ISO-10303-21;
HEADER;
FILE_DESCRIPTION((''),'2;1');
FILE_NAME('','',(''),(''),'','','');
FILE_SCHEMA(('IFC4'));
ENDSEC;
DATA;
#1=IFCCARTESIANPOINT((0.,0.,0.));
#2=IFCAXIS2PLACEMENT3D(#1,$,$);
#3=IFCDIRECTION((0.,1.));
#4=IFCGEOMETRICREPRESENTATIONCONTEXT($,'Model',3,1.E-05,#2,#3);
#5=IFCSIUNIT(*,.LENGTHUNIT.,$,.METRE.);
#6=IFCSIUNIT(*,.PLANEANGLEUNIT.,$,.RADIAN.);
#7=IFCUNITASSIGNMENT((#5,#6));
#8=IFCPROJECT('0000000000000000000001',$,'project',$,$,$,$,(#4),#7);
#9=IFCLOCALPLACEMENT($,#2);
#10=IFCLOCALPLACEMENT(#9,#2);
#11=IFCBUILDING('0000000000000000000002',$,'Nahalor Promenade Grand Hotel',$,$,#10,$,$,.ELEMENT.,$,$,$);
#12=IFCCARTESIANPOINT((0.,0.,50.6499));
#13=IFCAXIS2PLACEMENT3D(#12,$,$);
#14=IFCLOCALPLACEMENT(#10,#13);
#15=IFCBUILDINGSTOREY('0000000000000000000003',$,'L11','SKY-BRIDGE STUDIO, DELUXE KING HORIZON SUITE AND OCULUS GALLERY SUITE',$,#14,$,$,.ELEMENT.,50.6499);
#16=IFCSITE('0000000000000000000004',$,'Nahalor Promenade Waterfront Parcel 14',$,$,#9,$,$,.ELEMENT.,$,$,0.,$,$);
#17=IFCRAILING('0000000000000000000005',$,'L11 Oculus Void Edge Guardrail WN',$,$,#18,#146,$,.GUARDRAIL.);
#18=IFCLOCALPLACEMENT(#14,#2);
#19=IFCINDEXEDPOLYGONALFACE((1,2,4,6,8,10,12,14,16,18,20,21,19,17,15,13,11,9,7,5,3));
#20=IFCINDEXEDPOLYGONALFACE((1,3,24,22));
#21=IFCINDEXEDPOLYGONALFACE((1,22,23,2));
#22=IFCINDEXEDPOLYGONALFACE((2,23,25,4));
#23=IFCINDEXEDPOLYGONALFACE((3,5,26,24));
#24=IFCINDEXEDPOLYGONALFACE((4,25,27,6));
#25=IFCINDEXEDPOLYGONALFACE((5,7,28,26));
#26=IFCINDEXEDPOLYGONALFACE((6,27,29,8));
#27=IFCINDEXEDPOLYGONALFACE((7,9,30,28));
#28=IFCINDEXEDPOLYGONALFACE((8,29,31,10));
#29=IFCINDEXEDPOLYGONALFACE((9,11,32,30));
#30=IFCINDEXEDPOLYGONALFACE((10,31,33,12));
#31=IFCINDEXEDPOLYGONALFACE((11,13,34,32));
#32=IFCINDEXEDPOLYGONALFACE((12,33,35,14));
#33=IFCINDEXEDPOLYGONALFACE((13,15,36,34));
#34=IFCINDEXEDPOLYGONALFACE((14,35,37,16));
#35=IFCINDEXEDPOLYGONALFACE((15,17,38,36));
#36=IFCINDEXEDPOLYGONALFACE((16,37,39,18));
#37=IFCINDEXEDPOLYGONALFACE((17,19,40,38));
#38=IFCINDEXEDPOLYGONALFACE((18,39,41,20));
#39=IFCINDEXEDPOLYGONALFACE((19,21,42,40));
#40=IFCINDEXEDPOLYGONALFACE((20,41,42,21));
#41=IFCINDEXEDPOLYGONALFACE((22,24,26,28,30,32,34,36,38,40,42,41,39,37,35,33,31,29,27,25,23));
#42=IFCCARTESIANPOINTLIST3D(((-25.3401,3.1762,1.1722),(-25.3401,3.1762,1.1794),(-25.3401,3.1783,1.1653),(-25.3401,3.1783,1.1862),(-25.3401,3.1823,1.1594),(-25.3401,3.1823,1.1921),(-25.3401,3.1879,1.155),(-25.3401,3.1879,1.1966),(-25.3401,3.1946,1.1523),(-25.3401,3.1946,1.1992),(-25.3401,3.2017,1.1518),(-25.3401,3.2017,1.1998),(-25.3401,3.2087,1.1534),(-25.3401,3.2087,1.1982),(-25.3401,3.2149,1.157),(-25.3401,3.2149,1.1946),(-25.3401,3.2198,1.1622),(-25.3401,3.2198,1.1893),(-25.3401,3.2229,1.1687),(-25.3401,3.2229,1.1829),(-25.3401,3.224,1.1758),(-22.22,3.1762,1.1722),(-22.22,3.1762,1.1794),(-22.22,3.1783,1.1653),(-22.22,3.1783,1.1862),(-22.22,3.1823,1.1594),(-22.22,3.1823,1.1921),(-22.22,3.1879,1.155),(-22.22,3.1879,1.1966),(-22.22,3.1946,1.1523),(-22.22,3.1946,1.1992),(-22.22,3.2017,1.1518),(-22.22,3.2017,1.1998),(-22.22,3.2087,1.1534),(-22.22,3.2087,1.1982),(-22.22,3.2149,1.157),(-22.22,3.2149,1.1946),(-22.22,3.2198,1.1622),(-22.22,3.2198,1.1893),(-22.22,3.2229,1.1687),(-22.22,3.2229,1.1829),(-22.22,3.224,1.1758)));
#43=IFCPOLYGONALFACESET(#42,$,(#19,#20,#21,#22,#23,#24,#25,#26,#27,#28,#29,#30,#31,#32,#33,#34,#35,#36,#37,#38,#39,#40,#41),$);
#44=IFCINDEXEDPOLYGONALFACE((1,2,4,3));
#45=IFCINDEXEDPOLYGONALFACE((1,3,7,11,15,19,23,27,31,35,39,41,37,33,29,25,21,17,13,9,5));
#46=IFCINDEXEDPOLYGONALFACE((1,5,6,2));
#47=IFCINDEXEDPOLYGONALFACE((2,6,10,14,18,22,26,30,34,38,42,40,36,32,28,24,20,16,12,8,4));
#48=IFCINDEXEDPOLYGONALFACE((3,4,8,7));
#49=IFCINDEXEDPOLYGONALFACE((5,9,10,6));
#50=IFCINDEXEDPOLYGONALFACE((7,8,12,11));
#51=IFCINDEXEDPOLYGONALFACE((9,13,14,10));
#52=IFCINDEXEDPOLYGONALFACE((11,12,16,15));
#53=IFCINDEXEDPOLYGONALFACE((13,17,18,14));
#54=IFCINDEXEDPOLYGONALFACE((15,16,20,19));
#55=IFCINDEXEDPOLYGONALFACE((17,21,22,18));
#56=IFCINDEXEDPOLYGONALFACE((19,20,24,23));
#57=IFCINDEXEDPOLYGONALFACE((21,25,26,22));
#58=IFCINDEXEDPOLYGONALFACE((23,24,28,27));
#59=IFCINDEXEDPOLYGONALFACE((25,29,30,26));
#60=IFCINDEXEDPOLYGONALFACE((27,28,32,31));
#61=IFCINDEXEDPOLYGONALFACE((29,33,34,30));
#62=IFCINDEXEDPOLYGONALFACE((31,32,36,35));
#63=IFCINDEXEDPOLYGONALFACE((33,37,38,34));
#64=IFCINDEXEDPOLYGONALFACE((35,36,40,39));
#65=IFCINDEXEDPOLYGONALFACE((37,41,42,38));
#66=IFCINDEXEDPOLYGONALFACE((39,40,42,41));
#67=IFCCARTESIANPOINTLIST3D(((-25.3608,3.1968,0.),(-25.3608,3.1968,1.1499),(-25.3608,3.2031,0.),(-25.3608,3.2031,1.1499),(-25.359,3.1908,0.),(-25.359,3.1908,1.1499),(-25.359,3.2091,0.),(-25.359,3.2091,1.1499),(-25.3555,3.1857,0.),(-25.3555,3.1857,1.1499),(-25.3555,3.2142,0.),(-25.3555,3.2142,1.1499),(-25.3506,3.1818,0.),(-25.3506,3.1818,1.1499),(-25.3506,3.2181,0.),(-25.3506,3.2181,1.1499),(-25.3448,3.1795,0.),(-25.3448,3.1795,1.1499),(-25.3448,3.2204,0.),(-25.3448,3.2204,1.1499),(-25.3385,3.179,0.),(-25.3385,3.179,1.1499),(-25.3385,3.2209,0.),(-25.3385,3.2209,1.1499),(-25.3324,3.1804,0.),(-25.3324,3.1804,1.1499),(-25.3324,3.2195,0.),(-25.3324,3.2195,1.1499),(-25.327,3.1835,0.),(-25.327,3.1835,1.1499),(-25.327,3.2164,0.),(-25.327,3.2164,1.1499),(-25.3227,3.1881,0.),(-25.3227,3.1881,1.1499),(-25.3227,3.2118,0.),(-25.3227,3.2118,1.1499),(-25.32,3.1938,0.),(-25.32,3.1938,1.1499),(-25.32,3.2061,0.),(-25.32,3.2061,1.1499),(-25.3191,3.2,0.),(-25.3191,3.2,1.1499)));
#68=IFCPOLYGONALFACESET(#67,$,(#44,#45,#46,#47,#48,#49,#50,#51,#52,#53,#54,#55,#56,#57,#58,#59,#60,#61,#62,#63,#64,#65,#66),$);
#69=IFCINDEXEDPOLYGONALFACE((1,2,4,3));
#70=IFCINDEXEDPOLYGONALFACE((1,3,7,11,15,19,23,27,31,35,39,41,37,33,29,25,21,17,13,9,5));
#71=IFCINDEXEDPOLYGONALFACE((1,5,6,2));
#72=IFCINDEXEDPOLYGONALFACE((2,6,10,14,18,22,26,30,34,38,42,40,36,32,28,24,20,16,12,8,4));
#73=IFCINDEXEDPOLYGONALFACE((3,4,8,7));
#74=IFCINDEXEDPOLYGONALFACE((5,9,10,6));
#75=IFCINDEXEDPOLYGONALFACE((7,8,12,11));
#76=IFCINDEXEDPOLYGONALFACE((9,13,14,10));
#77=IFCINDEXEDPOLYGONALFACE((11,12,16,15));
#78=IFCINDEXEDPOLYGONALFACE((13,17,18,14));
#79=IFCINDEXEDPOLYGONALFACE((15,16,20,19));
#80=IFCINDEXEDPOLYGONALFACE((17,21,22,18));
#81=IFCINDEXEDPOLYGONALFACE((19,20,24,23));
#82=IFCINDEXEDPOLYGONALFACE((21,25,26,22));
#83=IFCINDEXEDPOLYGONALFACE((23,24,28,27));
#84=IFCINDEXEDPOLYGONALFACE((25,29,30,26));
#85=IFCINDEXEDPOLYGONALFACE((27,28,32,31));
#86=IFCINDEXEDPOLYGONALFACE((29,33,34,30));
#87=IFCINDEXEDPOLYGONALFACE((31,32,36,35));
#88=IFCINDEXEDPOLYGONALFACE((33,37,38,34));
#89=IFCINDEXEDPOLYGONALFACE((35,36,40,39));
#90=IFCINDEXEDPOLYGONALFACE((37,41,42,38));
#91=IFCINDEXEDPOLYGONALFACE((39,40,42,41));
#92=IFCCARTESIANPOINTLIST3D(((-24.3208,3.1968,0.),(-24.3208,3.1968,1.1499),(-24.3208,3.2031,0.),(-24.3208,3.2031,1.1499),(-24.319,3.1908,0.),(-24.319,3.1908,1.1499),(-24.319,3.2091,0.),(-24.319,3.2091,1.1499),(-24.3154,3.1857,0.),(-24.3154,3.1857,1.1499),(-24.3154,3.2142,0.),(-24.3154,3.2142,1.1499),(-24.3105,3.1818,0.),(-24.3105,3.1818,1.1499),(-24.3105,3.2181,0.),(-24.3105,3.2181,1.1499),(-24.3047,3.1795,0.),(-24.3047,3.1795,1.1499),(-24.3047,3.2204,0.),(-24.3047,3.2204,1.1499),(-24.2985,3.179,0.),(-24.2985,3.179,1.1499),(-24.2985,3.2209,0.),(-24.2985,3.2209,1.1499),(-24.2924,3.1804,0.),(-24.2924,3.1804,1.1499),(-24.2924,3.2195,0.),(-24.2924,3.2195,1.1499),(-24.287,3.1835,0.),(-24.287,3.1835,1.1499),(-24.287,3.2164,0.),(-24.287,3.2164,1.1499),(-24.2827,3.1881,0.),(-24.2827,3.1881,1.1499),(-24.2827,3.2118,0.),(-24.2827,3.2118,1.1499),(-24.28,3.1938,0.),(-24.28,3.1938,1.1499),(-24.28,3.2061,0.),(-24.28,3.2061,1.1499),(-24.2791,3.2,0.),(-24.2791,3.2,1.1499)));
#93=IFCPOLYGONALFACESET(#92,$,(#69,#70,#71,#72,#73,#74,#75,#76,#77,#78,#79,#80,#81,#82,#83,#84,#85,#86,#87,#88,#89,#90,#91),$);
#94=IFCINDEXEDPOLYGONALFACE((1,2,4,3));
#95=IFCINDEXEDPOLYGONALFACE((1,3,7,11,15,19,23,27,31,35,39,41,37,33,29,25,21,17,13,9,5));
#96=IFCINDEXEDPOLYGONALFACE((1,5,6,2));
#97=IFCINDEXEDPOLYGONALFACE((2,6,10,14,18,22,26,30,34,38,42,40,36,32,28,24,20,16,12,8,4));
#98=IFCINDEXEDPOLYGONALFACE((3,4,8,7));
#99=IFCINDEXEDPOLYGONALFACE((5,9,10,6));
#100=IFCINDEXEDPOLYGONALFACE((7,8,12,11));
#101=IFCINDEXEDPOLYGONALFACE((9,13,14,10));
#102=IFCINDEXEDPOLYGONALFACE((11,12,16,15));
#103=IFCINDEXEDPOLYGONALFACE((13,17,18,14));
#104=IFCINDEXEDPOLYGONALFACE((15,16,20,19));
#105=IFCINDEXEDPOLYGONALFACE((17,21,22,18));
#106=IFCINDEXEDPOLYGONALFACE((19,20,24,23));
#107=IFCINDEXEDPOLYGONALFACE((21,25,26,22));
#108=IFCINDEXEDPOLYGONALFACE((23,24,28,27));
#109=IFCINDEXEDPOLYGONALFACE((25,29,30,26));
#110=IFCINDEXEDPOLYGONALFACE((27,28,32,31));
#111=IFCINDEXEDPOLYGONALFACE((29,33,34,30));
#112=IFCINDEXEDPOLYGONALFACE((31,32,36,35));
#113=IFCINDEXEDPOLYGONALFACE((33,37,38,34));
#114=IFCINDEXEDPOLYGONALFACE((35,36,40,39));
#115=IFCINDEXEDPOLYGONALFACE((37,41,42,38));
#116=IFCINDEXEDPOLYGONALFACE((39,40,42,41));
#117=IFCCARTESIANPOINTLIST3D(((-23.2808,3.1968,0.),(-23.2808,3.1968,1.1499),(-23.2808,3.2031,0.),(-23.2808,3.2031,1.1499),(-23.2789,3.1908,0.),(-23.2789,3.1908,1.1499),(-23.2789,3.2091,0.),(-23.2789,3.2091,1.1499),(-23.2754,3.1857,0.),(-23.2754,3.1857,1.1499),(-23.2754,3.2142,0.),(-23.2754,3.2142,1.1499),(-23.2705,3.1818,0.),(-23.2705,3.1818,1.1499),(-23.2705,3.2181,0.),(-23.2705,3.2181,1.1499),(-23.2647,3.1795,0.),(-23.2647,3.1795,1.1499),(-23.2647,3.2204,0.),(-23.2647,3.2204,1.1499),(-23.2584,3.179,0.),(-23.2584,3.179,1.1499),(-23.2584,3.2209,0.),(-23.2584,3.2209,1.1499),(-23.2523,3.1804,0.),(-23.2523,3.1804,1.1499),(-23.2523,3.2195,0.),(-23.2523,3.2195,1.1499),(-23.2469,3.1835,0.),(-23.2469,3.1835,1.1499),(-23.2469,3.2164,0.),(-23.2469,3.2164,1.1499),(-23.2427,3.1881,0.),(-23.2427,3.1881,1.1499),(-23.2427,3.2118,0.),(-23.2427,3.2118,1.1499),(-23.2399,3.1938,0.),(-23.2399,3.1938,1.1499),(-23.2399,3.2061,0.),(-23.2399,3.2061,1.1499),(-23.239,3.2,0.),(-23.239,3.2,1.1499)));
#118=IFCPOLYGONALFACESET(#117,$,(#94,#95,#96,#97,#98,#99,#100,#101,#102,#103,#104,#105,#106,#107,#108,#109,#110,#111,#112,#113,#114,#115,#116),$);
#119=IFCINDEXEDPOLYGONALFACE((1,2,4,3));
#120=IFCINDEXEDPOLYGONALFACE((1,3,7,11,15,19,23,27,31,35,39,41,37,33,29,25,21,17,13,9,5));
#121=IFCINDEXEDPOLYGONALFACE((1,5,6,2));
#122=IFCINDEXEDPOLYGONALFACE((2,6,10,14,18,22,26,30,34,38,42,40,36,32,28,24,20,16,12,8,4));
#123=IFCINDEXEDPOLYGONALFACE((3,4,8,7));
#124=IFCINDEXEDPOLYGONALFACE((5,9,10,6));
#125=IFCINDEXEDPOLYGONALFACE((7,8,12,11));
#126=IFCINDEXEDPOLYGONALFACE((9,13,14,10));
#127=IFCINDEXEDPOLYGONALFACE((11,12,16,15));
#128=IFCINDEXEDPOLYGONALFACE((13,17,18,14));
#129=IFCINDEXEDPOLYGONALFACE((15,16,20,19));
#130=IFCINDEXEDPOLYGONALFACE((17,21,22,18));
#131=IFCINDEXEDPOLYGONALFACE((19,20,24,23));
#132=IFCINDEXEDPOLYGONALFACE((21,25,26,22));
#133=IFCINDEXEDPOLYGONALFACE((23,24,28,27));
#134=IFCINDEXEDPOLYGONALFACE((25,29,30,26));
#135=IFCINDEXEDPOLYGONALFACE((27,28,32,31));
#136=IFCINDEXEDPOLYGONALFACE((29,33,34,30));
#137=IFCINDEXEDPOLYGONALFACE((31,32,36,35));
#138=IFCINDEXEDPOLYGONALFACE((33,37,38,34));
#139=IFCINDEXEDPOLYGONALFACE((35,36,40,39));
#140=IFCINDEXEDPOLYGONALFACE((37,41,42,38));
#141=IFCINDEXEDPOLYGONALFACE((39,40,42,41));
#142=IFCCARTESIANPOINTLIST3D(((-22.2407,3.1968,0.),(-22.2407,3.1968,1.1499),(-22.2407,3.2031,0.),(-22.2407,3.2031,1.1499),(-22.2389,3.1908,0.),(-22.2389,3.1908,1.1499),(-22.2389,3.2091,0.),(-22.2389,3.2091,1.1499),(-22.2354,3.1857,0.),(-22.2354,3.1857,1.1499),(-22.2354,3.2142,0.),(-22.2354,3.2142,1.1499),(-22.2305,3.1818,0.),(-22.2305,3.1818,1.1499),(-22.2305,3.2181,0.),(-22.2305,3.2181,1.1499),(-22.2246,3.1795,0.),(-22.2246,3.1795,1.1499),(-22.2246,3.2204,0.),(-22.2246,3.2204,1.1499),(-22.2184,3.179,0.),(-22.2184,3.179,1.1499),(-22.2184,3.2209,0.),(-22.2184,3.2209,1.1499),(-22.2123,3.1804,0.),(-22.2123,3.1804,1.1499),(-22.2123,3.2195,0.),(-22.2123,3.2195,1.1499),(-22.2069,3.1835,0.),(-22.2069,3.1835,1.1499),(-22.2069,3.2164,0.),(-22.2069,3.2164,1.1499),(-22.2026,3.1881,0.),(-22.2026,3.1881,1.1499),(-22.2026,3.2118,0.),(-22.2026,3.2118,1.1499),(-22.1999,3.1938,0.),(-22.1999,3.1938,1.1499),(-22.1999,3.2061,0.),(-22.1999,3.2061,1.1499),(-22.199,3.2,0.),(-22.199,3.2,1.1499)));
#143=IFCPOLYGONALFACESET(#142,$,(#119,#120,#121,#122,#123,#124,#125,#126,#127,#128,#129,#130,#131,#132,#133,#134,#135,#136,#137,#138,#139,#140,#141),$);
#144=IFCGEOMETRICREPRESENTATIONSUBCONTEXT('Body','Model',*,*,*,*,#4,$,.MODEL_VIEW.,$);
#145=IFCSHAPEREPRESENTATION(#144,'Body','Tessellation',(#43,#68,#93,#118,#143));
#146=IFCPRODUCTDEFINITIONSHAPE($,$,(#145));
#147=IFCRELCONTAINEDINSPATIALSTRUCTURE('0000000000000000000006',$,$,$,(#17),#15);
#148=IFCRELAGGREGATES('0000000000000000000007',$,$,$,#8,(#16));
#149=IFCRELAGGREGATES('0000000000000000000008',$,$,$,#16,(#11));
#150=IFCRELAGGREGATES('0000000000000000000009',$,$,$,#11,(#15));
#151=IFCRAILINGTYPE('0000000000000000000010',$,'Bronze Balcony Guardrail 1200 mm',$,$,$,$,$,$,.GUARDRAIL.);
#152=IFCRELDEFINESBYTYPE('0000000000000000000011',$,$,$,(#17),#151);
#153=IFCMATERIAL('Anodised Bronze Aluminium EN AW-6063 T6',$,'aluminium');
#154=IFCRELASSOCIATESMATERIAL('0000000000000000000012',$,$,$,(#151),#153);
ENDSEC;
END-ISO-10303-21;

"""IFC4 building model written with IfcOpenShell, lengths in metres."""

from ifc_helpers import new_model, si_unit, direction, frame, origin, origin_2d, place, context, subcontext, project, spatial, circle, extrude, material, type_object, element, save


model = new_model("IFC4")

# Units and contexts
model_context = context("Model", 3, precision=1e-05, world=origin(), true_north=direction((0.0, 1.0)))
body_context = subcontext(model_context, "Body", "Model", "MODEL_VIEW")
ifc_project = project(units=[si_unit("LENGTHUNIT", "METRE"), si_unit("PLANEANGLEUNIT", "RADIAN")], contexts=[model_context])

# Site, building, storey
site_placement = place(None, origin())
site = spatial("IfcSite", under=ifc_project, at=site_placement, Name="Nahalor Promenade Waterfront Parcel 14", CompositionType="ELEMENT", RefElevation=0.0)
building_placement = place(site_placement, origin())
building = spatial("IfcBuilding", under=site, at=building_placement, Name="Nahalor Promenade Grand Hotel", CompositionType="ELEMENT")
storey_placement = place(building_placement, frame((0.0, 0.0, 50.6499)))
storey = spatial("IfcBuildingStorey", under=building, at=storey_placement, Name="L11", Description="SKY-BRIDGE STUDIO, DELUXE KING HORIZON SUITE AND OCULUS GALLERY SUITE", CompositionType="ELEMENT", Elevation=50.6499)

# Shared definitions
ifc_material_1 = material(Name="Anodised Bronze Aluminium EN AW-6063 T6", Category="aluminium")

# Railing
railing_type = type_object("IfcRailingType", Name="Bronze Balcony Guardrail 1200 mm", PredefinedType="GUARDRAIL", material=ifc_material_1)
for number, where, name in (
    (1, (-25.3401, 3.2, 0.0), "L11 Oculus Void Edge Guardrail WN"),
):
    element("IfcRailing", number, at=place(storey_placement, frame(where)), inside=storey, type_object=railing_type, Name=name, PredefinedType="GUARDRAIL", context=body_context, shape_type="SweptSolid", body=[
        extrude(circle(Radius=0.024, at=origin_2d()), frame((0.0, 0.0, 1.1758), z_axis=(1.0, 0.0, 0.0), x_axis=(0.0, 1.0, 0.0)), (0.0, 0.0, 1.0), 3.1201),
        extrude(circle(Radius=0.021, at=origin_2d()), origin(), (0.0, 0.0, 1.0), 1.1499),
        extrude(circle(Radius=0.021, at=origin_2d()), frame((1.04, 0.0, 0.0)), (0.0, 0.0, 1.0), 1.1499),
        extrude(circle(Radius=0.021, at=origin_2d()), frame((2.0801, 0.0, 0.0)), (0.0, 0.0, 1.0), 1.1499),
        extrude(circle(Radius=0.021, at=origin_2d()), frame((3.1201, 0.0, 0.0)), (0.0, 0.0, 1.0), 1.1499),
    ])

save(model, "model.ifc")
